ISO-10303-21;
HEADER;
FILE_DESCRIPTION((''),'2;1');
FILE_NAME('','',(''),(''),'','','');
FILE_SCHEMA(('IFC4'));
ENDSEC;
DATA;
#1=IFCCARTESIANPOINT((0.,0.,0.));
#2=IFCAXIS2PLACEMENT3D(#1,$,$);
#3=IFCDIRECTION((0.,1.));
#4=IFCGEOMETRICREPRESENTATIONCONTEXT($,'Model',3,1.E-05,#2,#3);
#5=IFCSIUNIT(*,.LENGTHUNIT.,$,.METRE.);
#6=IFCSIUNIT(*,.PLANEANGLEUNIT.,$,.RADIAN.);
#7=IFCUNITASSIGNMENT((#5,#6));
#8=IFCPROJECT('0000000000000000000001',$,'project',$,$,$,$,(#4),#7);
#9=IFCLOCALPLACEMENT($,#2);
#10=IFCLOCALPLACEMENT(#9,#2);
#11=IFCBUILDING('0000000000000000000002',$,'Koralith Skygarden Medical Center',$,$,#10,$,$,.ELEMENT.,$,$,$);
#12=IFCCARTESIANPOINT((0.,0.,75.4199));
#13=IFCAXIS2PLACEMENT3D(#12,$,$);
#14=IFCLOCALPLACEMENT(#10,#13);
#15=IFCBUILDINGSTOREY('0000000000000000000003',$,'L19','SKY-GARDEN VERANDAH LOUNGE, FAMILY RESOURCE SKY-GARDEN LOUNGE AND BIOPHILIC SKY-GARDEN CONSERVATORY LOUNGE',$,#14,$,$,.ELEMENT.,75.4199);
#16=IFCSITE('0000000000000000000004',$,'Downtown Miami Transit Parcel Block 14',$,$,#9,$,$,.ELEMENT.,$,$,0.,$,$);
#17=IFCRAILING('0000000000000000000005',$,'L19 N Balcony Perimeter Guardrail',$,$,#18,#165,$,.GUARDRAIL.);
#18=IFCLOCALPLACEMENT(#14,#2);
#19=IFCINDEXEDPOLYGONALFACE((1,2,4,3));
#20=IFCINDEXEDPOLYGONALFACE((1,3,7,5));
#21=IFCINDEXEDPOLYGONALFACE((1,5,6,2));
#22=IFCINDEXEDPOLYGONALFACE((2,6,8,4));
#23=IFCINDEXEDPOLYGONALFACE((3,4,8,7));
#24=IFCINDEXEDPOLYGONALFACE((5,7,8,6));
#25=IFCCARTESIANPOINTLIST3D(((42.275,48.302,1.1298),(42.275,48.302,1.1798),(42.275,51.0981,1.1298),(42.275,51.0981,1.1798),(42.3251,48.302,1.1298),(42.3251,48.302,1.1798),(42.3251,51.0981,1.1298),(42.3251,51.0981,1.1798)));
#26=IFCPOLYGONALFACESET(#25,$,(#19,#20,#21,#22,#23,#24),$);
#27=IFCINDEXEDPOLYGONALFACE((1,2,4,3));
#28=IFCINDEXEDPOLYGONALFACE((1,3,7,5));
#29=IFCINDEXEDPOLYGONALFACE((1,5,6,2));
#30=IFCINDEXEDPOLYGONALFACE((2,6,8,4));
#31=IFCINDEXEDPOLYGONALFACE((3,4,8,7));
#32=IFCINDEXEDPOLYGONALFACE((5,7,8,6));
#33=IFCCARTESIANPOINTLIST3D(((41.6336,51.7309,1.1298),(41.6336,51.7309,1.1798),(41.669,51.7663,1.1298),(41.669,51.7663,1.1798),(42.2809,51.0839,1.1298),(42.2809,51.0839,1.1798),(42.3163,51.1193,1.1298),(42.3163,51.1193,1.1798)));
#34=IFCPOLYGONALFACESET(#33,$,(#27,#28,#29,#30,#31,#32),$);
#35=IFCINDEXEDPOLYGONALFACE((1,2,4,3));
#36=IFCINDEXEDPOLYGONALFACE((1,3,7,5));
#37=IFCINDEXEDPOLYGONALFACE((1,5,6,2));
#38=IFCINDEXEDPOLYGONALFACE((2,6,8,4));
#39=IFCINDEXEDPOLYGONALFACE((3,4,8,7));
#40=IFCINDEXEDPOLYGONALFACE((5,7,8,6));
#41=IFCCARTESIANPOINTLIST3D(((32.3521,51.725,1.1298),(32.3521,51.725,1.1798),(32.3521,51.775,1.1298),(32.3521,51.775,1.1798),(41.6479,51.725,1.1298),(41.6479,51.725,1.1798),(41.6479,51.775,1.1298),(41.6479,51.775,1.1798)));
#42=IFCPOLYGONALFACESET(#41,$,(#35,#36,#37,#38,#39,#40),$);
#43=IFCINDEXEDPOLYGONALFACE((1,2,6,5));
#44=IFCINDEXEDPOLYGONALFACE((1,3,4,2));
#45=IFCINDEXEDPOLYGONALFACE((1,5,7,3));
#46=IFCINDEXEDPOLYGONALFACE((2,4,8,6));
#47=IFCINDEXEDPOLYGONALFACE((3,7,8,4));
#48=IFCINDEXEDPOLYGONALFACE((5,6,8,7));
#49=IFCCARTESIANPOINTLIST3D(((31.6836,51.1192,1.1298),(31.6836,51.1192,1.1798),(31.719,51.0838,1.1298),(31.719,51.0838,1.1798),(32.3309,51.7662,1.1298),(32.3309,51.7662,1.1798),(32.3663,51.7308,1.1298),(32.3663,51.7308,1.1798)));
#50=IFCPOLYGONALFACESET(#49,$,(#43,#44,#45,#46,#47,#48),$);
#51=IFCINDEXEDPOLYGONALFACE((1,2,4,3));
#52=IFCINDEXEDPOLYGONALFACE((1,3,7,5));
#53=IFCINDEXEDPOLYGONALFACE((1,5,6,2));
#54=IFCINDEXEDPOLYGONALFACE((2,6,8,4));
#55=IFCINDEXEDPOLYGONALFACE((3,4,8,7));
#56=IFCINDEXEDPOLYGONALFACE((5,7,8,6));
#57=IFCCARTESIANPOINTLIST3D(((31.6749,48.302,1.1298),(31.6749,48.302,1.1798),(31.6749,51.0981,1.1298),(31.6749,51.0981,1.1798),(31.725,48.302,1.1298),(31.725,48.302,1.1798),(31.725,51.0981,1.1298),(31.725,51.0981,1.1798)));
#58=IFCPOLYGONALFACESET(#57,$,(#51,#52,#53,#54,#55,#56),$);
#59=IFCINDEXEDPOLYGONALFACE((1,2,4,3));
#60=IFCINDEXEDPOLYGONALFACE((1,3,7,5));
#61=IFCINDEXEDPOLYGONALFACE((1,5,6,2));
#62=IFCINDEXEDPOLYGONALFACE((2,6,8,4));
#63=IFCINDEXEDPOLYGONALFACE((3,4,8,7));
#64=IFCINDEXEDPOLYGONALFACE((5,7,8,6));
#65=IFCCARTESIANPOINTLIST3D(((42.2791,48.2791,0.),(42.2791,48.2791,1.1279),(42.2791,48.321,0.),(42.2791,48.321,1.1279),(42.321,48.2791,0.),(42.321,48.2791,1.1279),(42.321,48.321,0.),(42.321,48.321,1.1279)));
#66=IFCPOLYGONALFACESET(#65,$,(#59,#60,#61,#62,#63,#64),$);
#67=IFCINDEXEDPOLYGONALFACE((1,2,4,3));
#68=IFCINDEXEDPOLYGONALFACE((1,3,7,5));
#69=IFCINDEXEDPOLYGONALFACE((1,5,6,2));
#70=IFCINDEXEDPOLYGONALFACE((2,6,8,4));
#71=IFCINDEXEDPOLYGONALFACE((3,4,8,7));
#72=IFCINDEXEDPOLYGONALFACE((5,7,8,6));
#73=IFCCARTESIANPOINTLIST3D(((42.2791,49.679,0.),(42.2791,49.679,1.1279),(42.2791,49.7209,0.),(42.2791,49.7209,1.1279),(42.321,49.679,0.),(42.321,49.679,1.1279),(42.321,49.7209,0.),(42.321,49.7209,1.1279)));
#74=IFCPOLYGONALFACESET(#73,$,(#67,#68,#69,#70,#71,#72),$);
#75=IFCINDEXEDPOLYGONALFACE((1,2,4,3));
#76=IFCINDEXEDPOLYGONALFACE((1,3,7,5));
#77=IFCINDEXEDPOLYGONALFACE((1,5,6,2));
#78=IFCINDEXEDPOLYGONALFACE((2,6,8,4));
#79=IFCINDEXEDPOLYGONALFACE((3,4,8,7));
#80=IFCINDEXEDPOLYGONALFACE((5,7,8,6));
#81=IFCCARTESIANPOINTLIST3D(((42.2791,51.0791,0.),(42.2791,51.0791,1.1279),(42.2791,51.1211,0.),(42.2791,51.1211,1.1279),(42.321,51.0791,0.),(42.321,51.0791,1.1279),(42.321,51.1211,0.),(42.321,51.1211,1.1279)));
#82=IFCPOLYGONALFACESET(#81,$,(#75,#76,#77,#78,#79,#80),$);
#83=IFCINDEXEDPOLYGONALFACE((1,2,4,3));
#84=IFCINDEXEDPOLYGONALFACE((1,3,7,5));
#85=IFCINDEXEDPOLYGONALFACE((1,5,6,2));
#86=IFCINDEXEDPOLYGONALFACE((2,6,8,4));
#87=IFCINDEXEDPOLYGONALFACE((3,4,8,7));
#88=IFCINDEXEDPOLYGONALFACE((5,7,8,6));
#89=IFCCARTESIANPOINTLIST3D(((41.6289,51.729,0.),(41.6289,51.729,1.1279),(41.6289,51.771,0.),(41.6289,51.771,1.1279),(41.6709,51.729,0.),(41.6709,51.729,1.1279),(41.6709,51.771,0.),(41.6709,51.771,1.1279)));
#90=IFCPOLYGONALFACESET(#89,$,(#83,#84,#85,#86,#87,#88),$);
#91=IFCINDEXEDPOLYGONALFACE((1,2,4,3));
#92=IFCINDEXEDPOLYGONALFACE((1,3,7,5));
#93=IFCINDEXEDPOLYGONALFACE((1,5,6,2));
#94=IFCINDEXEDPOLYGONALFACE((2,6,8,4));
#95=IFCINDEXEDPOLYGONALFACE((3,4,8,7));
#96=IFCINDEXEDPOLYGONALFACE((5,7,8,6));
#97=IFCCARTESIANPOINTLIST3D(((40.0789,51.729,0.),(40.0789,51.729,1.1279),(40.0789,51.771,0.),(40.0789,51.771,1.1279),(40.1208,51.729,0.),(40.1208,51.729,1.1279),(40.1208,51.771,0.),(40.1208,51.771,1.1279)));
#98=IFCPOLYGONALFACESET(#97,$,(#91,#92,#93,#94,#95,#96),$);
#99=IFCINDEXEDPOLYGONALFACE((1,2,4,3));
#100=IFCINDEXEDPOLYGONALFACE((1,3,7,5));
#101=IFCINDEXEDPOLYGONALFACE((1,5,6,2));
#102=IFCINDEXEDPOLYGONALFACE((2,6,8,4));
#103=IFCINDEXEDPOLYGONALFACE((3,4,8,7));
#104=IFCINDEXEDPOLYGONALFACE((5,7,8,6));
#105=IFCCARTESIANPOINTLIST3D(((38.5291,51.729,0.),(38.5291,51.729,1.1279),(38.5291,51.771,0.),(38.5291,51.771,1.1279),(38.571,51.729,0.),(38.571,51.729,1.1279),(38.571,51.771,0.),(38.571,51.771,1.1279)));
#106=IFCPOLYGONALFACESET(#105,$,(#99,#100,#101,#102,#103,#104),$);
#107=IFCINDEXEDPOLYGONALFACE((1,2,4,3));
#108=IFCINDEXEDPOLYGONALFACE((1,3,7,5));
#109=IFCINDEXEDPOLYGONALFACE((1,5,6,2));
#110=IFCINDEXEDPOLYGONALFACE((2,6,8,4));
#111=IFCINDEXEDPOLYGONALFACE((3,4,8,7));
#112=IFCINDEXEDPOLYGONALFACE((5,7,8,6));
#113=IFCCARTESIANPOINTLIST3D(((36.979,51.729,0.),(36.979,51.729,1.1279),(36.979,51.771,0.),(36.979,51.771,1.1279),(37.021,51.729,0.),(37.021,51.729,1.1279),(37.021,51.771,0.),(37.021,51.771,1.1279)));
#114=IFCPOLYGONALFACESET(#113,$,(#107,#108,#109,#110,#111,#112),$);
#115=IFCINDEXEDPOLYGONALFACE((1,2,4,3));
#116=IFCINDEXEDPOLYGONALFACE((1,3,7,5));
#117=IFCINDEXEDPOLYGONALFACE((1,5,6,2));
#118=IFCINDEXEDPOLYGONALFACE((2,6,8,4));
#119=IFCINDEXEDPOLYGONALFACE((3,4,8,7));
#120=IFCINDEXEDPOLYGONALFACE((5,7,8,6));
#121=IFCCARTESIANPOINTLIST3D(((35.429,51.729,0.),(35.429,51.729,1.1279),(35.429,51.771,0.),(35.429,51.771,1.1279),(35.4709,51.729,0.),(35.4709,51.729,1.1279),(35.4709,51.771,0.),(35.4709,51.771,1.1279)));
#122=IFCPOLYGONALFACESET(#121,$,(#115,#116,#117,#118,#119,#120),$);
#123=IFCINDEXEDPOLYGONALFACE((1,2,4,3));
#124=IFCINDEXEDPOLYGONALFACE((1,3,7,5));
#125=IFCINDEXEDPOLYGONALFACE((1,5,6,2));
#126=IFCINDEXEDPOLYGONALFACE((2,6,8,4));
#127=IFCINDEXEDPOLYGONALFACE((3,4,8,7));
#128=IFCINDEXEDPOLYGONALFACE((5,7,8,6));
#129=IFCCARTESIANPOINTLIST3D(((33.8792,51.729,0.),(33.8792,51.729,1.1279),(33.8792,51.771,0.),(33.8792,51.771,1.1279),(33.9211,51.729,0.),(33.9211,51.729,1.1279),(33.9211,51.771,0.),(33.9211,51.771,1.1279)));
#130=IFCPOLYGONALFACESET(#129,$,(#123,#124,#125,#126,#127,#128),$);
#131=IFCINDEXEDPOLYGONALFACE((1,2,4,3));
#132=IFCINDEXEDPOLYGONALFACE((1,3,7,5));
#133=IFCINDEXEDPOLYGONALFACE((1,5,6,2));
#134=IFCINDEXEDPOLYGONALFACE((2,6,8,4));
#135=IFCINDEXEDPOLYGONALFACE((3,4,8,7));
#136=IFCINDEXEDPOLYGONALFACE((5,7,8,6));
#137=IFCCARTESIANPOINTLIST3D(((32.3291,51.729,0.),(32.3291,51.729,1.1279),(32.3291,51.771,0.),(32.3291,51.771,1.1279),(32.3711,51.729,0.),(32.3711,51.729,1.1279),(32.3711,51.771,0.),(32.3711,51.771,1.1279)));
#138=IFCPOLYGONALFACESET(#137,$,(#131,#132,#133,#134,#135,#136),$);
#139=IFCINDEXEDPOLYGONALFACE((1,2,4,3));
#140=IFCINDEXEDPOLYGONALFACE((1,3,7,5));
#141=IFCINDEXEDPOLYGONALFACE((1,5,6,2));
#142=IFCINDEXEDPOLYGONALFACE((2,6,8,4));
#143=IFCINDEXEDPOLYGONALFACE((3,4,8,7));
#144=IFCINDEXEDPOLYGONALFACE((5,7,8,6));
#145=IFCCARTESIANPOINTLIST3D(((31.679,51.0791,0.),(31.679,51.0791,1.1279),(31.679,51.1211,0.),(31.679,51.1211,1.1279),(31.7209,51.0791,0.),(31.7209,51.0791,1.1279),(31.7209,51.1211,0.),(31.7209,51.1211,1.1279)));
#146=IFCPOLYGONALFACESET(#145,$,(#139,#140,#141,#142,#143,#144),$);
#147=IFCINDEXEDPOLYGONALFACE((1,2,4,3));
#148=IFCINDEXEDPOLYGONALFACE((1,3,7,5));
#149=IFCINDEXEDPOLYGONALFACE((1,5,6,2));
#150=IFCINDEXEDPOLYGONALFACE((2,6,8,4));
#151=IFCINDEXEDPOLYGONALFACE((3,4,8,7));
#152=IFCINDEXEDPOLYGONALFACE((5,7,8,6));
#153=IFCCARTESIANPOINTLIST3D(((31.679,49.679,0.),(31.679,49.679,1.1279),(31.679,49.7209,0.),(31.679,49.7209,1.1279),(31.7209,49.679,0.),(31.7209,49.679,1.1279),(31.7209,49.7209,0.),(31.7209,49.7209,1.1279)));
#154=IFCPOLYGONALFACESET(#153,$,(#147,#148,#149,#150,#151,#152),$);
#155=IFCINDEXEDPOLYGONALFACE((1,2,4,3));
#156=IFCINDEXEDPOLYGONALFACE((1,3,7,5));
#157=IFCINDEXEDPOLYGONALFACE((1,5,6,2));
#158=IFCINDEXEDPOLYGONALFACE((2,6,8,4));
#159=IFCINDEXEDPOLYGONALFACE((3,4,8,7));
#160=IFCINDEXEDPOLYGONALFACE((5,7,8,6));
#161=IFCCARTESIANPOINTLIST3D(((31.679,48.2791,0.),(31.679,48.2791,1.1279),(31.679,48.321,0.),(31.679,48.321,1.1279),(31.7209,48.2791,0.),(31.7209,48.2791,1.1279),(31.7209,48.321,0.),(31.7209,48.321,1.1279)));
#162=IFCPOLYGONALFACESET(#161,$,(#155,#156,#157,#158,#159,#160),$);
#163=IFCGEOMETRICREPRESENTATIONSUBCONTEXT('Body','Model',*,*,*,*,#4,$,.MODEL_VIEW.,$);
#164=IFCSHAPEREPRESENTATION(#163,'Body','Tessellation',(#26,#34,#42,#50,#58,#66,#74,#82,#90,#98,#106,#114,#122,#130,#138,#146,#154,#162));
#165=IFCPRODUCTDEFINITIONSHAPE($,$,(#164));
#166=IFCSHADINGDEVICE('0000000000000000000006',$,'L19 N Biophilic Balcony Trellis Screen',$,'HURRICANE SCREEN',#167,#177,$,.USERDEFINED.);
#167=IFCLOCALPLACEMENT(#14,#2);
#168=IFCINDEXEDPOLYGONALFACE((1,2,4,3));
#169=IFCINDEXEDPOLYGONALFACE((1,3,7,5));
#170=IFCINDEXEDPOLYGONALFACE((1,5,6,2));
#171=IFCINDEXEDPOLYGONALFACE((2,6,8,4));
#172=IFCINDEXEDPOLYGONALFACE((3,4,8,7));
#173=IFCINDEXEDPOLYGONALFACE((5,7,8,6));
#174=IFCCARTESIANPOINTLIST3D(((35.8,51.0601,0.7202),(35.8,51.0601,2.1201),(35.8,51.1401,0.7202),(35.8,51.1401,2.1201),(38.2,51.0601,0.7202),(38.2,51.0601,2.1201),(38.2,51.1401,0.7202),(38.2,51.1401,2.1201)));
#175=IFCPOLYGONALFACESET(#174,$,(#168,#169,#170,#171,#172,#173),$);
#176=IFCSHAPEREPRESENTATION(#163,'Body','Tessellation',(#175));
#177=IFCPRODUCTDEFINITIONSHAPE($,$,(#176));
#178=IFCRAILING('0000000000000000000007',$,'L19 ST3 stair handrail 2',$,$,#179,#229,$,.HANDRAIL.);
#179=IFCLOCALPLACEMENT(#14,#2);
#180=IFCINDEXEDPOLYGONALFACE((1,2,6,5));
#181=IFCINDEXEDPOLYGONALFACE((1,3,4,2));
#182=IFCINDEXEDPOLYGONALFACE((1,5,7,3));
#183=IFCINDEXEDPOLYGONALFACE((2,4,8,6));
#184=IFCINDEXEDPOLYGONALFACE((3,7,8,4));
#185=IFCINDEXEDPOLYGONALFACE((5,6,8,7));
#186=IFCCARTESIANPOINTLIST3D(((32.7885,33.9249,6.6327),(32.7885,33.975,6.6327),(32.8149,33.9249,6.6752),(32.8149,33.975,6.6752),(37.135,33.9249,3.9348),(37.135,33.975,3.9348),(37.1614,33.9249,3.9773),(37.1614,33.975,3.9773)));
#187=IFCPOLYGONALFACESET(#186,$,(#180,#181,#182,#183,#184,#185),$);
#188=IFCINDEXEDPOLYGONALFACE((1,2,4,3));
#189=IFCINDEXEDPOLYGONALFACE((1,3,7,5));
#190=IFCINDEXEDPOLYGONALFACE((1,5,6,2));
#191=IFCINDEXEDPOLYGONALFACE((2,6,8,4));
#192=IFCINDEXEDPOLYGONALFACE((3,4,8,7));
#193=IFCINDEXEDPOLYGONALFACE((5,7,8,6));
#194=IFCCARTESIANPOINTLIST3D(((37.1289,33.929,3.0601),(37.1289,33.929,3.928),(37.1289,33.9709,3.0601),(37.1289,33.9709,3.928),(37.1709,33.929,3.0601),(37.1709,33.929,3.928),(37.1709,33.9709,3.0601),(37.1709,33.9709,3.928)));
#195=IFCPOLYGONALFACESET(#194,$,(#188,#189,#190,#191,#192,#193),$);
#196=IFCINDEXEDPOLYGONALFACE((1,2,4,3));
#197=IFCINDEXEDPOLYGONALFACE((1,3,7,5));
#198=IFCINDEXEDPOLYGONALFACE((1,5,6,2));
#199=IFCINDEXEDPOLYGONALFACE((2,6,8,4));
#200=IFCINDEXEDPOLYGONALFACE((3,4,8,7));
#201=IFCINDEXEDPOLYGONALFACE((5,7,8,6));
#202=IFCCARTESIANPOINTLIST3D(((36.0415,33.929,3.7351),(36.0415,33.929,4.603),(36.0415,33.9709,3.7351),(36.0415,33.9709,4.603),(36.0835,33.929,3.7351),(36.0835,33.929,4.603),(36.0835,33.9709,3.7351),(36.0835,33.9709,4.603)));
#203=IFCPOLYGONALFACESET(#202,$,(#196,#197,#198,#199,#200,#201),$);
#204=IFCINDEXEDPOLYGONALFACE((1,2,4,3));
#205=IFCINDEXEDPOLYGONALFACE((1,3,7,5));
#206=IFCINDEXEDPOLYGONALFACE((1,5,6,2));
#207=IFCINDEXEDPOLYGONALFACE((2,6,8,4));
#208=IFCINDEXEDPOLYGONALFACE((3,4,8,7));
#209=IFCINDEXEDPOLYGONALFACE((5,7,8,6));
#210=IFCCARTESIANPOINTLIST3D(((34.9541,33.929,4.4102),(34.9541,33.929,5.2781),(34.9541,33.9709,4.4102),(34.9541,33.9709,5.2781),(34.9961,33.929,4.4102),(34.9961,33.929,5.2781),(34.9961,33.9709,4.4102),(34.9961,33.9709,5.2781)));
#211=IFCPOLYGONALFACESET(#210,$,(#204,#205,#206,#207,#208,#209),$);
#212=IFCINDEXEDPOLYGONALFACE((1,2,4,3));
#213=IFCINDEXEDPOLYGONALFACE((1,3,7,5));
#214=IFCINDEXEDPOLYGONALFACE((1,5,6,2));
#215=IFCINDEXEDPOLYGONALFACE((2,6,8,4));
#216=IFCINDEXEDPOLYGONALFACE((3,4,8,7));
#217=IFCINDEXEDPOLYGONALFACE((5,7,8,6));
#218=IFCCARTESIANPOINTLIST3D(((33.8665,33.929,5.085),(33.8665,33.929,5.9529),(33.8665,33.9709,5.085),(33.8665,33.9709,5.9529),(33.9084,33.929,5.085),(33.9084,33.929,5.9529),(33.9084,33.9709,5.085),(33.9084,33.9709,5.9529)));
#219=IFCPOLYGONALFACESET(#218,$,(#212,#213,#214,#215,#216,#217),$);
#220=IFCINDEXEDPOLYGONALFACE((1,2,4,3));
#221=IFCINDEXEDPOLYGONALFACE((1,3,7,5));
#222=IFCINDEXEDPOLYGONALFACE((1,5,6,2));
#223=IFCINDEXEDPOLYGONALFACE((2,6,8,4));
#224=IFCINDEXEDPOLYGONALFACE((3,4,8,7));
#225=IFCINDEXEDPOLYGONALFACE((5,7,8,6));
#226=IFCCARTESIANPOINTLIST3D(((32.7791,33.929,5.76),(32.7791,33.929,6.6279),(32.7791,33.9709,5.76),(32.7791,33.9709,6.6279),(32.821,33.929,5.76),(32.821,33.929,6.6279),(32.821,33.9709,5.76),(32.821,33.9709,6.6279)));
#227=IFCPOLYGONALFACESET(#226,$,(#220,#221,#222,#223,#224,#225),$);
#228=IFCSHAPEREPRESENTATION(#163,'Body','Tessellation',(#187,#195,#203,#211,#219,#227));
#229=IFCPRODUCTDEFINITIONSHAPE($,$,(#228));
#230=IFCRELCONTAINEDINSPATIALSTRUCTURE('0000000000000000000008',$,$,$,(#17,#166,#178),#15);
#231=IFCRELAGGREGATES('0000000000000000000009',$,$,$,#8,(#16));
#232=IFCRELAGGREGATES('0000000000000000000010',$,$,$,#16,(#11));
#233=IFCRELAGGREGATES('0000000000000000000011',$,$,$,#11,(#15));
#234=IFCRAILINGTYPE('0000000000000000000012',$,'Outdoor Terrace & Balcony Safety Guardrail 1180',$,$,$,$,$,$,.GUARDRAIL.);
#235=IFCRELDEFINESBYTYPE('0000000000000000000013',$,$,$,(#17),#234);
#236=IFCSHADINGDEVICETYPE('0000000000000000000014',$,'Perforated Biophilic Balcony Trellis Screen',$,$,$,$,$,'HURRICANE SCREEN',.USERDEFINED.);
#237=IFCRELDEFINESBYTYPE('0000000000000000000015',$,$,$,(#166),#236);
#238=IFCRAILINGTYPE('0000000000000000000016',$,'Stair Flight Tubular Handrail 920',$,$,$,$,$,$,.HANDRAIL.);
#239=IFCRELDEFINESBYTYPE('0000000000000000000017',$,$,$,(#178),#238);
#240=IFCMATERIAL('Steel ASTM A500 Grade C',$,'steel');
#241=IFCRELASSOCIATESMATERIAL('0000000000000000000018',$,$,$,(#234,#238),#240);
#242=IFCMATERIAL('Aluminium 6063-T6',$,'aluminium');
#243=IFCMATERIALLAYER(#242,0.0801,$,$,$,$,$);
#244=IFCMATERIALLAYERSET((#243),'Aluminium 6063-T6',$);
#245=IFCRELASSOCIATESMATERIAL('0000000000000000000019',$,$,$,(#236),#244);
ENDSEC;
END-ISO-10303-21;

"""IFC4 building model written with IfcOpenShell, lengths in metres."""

from ifc_helpers import new_model, si_unit, direction, frame, origin, origin_2d, place, context, subcontext, project, spatial, rectangle, extrude, material, layer, layer_set, type_object, element, save


model = new_model("IFC4")

# Units and contexts
model_context = context("Model", 3, precision=1e-05, world=origin(), true_north=direction((0.0, 1.0)))
body_context = subcontext(model_context, "Body", "Model", "MODEL_VIEW")
ifc_project = project(units=[si_unit("LENGTHUNIT", "METRE"), si_unit("PLANEANGLEUNIT", "RADIAN")], contexts=[model_context])

# Site, building, storey
site_placement = place(None, origin())
site = spatial("IfcSite", under=ifc_project, at=site_placement, Name="Downtown Miami Transit Parcel Block 14", CompositionType="ELEMENT", RefElevation=0.0)
building_placement = place(site_placement, origin())
building = spatial("IfcBuilding", under=site, at=building_placement, Name="Koralith Skygarden Medical Center", CompositionType="ELEMENT")
storey_placement = place(building_placement, frame((0.0, 0.0, 75.4199)))
storey = spatial("IfcBuildingStorey", under=building, at=storey_placement, Name="L19", Description="SKY-GARDEN VERANDAH LOUNGE, FAMILY RESOURCE SKY-GARDEN LOUNGE AND BIOPHILIC SKY-GARDEN CONSERVATORY LOUNGE", CompositionType="ELEMENT", Elevation=75.4199)

# Shared definitions
ifc_material_1 = material(Name="Aluminium 6063-T6", Category="aluminium")

# Shared definitions
ifc_material_2 = material(Name="Steel ASTM A500 Grade C", Category="steel")

# Railing
railing_type_1 = type_object("IfcRailingType", Name="Outdoor Terrace & Balcony Safety Guardrail 1180", PredefinedType="GUARDRAIL", material=ifc_material_2)
railing_1_placement = place(storey_placement, frame((42.3, 48.3, 0.0)))
element("IfcRailing", 1, at=railing_1_placement, inside=storey, type_object=railing_type_1, Name="L19 N Balcony Perimeter Guardrail", PredefinedType="GUARDRAIL", context=body_context, shape_type="SweptSolid", body=[
    extrude(rectangle(XDim=0.05, YDim=0.05, at=origin_2d()), frame((0.0, 0.002, 1.1548), z_axis=(0.0, 1.0, 0.0), x_axis=(-1.0, 0.0, 0.0)), (0.0, 0.0, 1.0), 2.7961),
    extrude(rectangle(XDim=0.05, YDim=0.05, at=origin_2d()), frame((-0.0015, 2.8015, 1.1548), z_axis=(-0.70724, 0.706974, 0.0), x_axis=(-0.706974, -0.70724, 0.0)), (0.0, 0.0, 1.0), 0.9153),
    extrude(rectangle(XDim=0.05, YDim=0.05, at=origin_2d()), frame((-0.6521, 3.45, 1.1548), z_axis=(-1.0, 0.0, 0.0), x_axis=(0.0, -1.0, 0.0)), (0.0, 0.0, 1.0), 9.2959),
    extrude(rectangle(XDim=0.05, YDim=0.05, at=origin_2d()), frame((-9.9514, 3.4485, 1.1548), z_axis=(-0.70724, -0.706974, 0.0), x_axis=(0.706974, -0.70724, 0.0)), (0.0, 0.0, 1.0), 0.9153),
    extrude(rectangle(XDim=0.05, YDim=0.05, at=origin_2d()), frame((-10.6001, 2.7981, 1.1548), z_axis=(0.0, -1.0, 0.0), x_axis=(1.0, 0.0, 0.0)), (0.0, 0.0, 1.0), 2.7961),
    extrude(rectangle(XDim=0.042, YDim=0.042, at=origin_2d()), origin(), (0.0, 0.0, 1.0), 1.1279),
    extrude(rectangle(XDim=0.042, YDim=0.042, at=origin_2d()), frame((0.0, 1.3999, 0.0)), (0.0, 0.0, 1.0), 1.1279),
    extrude(rectangle(XDim=0.042, YDim=0.042, at=origin_2d()), frame((0.0, 2.8, 0.0)), (0.0, 0.0, 1.0), 1.1279),
    extrude(rectangle(XDim=0.042, YDim=0.042, at=origin_2d()), frame((-0.6501, 3.45, 0.0)), (0.0, 0.0, 1.0), 1.1279),
    extrude(rectangle(XDim=0.042, YDim=0.042, at=origin_2d()), frame((-2.2002, 3.45, 0.0)), (0.0, 0.0, 1.0), 1.1279),
    extrude(rectangle(XDim=0.042, YDim=0.042, at=origin_2d()), frame((-3.75, 3.45, 0.0)), (0.0, 0.0, 1.0), 1.1279),
    extrude(rectangle(XDim=0.042, YDim=0.042, at=origin_2d()), frame((-5.3, 3.45, 0.0)), (0.0, 0.0, 1.0), 1.1279),
    extrude(rectangle(XDim=0.042, YDim=0.042, at=origin_2d()), frame((-6.8501, 3.45, 0.0)), (0.0, 0.0, 1.0), 1.1279),
    extrude(rectangle(XDim=0.042, YDim=0.042, at=origin_2d()), frame((-8.3999, 3.45, 0.0)), (0.0, 0.0, 1.0), 1.1279),
    extrude(rectangle(XDim=0.042, YDim=0.042, at=origin_2d()), frame((-9.95, 3.45, 0.0)), (0.0, 0.0, 1.0), 1.1279),
    extrude(rectangle(XDim=0.042, YDim=0.042, at=origin_2d()), frame((-10.6001, 2.8, 0.0)), (0.0, 0.0, 1.0), 1.1279),
    extrude(rectangle(XDim=0.042, YDim=0.042, at=origin_2d()), frame((-10.6001, 1.3999, 0.0)), (0.0, 0.0, 1.0), 1.1279),
    extrude(rectangle(XDim=0.042, YDim=0.042, at=origin_2d()), frame((-10.6001, 0.0, 0.0)), (0.0, 0.0, 1.0), 1.1279),
])

# Shading device
ifc_layer_1 = layer(ifc_material_1, 0.0801)
ifc_layer_set_1 = layer_set([ifc_layer_1], Name="Aluminium 6063-T6")
shading_device_type = type_object("IfcShadingDeviceType", Name="Perforated Biophilic Balcony Trellis Screen", ElementType="HURRICANE SCREEN", PredefinedType="USERDEFINED", material=ifc_layer_set_1)
shading_device_placement = place(storey_placement, frame((37.0, 51.1001, 0.7202), z_axis=(0.0, 0.0, 1.0), x_axis=(1.0, 0.0, 0.0)))
element("IfcShadingDevice", 2, at=shading_device_placement, inside=storey, type_object=shading_device_type, Name="L19 N Biophilic Balcony Trellis Screen", ObjectType="HURRICANE SCREEN", PredefinedType="USERDEFINED", context=body_context, shape_type="SweptSolid", body=[
    extrude(rectangle(XDim=2.3999, YDim=0.0801, at=origin_2d()), origin(), (0.0, 0.0, 1.0), 1.3999),
])

# Railing
railing_type_2 = type_object("IfcRailingType", Name="Stair Flight Tubular Handrail 920", PredefinedType="HANDRAIL", material=ifc_material_2)
railing_2_placement = place(storey_placement, frame((37.1499, 33.95, 3.0601)))
element("IfcRailing", 3, at=railing_2_placement, inside=storey, type_object=railing_type_2, Name="L19 ST3 stair handrail 2", PredefinedType="HANDRAIL", context=body_context, shape_type="SweptSolid", body=[
    extrude(rectangle(XDim=0.05, YDim=0.05, at=origin_2d()), frame((-0.0017, 0.0, 0.896), z_axis=(-0.849636, 0.0, 0.527369), x_axis=(0.0, -1.0, 0.0)), (0.0, 0.0, 1.0), 5.1157),
    extrude(rectangle(XDim=0.042, YDim=0.042, at=origin_2d()), origin(), (0.0, 0.0, 1.0), 0.8679),
    extrude(rectangle(XDim=0.042, YDim=0.042, at=origin_2d()), frame((-1.0874, 0.0, 0.675)), (0.0, 0.0, 1.0), 0.8679),
    extrude(rectangle(XDim=0.042, YDim=0.042, at=origin_2d()), frame((-2.1748, 0.0, 1.3501)), (0.0, 0.0, 1.0), 0.8679),
    extrude(rectangle(XDim=0.042, YDim=0.042, at=origin_2d()), frame((-3.2625, 0.0, 2.0249)), (0.0, 0.0, 1.0), 0.8679),
    extrude(rectangle(XDim=0.042, YDim=0.042, at=origin_2d()), frame((-4.3499, 0.0, 2.7)), (0.0, 0.0, 1.0), 0.8679),
])

save(model, "model.ifc")
